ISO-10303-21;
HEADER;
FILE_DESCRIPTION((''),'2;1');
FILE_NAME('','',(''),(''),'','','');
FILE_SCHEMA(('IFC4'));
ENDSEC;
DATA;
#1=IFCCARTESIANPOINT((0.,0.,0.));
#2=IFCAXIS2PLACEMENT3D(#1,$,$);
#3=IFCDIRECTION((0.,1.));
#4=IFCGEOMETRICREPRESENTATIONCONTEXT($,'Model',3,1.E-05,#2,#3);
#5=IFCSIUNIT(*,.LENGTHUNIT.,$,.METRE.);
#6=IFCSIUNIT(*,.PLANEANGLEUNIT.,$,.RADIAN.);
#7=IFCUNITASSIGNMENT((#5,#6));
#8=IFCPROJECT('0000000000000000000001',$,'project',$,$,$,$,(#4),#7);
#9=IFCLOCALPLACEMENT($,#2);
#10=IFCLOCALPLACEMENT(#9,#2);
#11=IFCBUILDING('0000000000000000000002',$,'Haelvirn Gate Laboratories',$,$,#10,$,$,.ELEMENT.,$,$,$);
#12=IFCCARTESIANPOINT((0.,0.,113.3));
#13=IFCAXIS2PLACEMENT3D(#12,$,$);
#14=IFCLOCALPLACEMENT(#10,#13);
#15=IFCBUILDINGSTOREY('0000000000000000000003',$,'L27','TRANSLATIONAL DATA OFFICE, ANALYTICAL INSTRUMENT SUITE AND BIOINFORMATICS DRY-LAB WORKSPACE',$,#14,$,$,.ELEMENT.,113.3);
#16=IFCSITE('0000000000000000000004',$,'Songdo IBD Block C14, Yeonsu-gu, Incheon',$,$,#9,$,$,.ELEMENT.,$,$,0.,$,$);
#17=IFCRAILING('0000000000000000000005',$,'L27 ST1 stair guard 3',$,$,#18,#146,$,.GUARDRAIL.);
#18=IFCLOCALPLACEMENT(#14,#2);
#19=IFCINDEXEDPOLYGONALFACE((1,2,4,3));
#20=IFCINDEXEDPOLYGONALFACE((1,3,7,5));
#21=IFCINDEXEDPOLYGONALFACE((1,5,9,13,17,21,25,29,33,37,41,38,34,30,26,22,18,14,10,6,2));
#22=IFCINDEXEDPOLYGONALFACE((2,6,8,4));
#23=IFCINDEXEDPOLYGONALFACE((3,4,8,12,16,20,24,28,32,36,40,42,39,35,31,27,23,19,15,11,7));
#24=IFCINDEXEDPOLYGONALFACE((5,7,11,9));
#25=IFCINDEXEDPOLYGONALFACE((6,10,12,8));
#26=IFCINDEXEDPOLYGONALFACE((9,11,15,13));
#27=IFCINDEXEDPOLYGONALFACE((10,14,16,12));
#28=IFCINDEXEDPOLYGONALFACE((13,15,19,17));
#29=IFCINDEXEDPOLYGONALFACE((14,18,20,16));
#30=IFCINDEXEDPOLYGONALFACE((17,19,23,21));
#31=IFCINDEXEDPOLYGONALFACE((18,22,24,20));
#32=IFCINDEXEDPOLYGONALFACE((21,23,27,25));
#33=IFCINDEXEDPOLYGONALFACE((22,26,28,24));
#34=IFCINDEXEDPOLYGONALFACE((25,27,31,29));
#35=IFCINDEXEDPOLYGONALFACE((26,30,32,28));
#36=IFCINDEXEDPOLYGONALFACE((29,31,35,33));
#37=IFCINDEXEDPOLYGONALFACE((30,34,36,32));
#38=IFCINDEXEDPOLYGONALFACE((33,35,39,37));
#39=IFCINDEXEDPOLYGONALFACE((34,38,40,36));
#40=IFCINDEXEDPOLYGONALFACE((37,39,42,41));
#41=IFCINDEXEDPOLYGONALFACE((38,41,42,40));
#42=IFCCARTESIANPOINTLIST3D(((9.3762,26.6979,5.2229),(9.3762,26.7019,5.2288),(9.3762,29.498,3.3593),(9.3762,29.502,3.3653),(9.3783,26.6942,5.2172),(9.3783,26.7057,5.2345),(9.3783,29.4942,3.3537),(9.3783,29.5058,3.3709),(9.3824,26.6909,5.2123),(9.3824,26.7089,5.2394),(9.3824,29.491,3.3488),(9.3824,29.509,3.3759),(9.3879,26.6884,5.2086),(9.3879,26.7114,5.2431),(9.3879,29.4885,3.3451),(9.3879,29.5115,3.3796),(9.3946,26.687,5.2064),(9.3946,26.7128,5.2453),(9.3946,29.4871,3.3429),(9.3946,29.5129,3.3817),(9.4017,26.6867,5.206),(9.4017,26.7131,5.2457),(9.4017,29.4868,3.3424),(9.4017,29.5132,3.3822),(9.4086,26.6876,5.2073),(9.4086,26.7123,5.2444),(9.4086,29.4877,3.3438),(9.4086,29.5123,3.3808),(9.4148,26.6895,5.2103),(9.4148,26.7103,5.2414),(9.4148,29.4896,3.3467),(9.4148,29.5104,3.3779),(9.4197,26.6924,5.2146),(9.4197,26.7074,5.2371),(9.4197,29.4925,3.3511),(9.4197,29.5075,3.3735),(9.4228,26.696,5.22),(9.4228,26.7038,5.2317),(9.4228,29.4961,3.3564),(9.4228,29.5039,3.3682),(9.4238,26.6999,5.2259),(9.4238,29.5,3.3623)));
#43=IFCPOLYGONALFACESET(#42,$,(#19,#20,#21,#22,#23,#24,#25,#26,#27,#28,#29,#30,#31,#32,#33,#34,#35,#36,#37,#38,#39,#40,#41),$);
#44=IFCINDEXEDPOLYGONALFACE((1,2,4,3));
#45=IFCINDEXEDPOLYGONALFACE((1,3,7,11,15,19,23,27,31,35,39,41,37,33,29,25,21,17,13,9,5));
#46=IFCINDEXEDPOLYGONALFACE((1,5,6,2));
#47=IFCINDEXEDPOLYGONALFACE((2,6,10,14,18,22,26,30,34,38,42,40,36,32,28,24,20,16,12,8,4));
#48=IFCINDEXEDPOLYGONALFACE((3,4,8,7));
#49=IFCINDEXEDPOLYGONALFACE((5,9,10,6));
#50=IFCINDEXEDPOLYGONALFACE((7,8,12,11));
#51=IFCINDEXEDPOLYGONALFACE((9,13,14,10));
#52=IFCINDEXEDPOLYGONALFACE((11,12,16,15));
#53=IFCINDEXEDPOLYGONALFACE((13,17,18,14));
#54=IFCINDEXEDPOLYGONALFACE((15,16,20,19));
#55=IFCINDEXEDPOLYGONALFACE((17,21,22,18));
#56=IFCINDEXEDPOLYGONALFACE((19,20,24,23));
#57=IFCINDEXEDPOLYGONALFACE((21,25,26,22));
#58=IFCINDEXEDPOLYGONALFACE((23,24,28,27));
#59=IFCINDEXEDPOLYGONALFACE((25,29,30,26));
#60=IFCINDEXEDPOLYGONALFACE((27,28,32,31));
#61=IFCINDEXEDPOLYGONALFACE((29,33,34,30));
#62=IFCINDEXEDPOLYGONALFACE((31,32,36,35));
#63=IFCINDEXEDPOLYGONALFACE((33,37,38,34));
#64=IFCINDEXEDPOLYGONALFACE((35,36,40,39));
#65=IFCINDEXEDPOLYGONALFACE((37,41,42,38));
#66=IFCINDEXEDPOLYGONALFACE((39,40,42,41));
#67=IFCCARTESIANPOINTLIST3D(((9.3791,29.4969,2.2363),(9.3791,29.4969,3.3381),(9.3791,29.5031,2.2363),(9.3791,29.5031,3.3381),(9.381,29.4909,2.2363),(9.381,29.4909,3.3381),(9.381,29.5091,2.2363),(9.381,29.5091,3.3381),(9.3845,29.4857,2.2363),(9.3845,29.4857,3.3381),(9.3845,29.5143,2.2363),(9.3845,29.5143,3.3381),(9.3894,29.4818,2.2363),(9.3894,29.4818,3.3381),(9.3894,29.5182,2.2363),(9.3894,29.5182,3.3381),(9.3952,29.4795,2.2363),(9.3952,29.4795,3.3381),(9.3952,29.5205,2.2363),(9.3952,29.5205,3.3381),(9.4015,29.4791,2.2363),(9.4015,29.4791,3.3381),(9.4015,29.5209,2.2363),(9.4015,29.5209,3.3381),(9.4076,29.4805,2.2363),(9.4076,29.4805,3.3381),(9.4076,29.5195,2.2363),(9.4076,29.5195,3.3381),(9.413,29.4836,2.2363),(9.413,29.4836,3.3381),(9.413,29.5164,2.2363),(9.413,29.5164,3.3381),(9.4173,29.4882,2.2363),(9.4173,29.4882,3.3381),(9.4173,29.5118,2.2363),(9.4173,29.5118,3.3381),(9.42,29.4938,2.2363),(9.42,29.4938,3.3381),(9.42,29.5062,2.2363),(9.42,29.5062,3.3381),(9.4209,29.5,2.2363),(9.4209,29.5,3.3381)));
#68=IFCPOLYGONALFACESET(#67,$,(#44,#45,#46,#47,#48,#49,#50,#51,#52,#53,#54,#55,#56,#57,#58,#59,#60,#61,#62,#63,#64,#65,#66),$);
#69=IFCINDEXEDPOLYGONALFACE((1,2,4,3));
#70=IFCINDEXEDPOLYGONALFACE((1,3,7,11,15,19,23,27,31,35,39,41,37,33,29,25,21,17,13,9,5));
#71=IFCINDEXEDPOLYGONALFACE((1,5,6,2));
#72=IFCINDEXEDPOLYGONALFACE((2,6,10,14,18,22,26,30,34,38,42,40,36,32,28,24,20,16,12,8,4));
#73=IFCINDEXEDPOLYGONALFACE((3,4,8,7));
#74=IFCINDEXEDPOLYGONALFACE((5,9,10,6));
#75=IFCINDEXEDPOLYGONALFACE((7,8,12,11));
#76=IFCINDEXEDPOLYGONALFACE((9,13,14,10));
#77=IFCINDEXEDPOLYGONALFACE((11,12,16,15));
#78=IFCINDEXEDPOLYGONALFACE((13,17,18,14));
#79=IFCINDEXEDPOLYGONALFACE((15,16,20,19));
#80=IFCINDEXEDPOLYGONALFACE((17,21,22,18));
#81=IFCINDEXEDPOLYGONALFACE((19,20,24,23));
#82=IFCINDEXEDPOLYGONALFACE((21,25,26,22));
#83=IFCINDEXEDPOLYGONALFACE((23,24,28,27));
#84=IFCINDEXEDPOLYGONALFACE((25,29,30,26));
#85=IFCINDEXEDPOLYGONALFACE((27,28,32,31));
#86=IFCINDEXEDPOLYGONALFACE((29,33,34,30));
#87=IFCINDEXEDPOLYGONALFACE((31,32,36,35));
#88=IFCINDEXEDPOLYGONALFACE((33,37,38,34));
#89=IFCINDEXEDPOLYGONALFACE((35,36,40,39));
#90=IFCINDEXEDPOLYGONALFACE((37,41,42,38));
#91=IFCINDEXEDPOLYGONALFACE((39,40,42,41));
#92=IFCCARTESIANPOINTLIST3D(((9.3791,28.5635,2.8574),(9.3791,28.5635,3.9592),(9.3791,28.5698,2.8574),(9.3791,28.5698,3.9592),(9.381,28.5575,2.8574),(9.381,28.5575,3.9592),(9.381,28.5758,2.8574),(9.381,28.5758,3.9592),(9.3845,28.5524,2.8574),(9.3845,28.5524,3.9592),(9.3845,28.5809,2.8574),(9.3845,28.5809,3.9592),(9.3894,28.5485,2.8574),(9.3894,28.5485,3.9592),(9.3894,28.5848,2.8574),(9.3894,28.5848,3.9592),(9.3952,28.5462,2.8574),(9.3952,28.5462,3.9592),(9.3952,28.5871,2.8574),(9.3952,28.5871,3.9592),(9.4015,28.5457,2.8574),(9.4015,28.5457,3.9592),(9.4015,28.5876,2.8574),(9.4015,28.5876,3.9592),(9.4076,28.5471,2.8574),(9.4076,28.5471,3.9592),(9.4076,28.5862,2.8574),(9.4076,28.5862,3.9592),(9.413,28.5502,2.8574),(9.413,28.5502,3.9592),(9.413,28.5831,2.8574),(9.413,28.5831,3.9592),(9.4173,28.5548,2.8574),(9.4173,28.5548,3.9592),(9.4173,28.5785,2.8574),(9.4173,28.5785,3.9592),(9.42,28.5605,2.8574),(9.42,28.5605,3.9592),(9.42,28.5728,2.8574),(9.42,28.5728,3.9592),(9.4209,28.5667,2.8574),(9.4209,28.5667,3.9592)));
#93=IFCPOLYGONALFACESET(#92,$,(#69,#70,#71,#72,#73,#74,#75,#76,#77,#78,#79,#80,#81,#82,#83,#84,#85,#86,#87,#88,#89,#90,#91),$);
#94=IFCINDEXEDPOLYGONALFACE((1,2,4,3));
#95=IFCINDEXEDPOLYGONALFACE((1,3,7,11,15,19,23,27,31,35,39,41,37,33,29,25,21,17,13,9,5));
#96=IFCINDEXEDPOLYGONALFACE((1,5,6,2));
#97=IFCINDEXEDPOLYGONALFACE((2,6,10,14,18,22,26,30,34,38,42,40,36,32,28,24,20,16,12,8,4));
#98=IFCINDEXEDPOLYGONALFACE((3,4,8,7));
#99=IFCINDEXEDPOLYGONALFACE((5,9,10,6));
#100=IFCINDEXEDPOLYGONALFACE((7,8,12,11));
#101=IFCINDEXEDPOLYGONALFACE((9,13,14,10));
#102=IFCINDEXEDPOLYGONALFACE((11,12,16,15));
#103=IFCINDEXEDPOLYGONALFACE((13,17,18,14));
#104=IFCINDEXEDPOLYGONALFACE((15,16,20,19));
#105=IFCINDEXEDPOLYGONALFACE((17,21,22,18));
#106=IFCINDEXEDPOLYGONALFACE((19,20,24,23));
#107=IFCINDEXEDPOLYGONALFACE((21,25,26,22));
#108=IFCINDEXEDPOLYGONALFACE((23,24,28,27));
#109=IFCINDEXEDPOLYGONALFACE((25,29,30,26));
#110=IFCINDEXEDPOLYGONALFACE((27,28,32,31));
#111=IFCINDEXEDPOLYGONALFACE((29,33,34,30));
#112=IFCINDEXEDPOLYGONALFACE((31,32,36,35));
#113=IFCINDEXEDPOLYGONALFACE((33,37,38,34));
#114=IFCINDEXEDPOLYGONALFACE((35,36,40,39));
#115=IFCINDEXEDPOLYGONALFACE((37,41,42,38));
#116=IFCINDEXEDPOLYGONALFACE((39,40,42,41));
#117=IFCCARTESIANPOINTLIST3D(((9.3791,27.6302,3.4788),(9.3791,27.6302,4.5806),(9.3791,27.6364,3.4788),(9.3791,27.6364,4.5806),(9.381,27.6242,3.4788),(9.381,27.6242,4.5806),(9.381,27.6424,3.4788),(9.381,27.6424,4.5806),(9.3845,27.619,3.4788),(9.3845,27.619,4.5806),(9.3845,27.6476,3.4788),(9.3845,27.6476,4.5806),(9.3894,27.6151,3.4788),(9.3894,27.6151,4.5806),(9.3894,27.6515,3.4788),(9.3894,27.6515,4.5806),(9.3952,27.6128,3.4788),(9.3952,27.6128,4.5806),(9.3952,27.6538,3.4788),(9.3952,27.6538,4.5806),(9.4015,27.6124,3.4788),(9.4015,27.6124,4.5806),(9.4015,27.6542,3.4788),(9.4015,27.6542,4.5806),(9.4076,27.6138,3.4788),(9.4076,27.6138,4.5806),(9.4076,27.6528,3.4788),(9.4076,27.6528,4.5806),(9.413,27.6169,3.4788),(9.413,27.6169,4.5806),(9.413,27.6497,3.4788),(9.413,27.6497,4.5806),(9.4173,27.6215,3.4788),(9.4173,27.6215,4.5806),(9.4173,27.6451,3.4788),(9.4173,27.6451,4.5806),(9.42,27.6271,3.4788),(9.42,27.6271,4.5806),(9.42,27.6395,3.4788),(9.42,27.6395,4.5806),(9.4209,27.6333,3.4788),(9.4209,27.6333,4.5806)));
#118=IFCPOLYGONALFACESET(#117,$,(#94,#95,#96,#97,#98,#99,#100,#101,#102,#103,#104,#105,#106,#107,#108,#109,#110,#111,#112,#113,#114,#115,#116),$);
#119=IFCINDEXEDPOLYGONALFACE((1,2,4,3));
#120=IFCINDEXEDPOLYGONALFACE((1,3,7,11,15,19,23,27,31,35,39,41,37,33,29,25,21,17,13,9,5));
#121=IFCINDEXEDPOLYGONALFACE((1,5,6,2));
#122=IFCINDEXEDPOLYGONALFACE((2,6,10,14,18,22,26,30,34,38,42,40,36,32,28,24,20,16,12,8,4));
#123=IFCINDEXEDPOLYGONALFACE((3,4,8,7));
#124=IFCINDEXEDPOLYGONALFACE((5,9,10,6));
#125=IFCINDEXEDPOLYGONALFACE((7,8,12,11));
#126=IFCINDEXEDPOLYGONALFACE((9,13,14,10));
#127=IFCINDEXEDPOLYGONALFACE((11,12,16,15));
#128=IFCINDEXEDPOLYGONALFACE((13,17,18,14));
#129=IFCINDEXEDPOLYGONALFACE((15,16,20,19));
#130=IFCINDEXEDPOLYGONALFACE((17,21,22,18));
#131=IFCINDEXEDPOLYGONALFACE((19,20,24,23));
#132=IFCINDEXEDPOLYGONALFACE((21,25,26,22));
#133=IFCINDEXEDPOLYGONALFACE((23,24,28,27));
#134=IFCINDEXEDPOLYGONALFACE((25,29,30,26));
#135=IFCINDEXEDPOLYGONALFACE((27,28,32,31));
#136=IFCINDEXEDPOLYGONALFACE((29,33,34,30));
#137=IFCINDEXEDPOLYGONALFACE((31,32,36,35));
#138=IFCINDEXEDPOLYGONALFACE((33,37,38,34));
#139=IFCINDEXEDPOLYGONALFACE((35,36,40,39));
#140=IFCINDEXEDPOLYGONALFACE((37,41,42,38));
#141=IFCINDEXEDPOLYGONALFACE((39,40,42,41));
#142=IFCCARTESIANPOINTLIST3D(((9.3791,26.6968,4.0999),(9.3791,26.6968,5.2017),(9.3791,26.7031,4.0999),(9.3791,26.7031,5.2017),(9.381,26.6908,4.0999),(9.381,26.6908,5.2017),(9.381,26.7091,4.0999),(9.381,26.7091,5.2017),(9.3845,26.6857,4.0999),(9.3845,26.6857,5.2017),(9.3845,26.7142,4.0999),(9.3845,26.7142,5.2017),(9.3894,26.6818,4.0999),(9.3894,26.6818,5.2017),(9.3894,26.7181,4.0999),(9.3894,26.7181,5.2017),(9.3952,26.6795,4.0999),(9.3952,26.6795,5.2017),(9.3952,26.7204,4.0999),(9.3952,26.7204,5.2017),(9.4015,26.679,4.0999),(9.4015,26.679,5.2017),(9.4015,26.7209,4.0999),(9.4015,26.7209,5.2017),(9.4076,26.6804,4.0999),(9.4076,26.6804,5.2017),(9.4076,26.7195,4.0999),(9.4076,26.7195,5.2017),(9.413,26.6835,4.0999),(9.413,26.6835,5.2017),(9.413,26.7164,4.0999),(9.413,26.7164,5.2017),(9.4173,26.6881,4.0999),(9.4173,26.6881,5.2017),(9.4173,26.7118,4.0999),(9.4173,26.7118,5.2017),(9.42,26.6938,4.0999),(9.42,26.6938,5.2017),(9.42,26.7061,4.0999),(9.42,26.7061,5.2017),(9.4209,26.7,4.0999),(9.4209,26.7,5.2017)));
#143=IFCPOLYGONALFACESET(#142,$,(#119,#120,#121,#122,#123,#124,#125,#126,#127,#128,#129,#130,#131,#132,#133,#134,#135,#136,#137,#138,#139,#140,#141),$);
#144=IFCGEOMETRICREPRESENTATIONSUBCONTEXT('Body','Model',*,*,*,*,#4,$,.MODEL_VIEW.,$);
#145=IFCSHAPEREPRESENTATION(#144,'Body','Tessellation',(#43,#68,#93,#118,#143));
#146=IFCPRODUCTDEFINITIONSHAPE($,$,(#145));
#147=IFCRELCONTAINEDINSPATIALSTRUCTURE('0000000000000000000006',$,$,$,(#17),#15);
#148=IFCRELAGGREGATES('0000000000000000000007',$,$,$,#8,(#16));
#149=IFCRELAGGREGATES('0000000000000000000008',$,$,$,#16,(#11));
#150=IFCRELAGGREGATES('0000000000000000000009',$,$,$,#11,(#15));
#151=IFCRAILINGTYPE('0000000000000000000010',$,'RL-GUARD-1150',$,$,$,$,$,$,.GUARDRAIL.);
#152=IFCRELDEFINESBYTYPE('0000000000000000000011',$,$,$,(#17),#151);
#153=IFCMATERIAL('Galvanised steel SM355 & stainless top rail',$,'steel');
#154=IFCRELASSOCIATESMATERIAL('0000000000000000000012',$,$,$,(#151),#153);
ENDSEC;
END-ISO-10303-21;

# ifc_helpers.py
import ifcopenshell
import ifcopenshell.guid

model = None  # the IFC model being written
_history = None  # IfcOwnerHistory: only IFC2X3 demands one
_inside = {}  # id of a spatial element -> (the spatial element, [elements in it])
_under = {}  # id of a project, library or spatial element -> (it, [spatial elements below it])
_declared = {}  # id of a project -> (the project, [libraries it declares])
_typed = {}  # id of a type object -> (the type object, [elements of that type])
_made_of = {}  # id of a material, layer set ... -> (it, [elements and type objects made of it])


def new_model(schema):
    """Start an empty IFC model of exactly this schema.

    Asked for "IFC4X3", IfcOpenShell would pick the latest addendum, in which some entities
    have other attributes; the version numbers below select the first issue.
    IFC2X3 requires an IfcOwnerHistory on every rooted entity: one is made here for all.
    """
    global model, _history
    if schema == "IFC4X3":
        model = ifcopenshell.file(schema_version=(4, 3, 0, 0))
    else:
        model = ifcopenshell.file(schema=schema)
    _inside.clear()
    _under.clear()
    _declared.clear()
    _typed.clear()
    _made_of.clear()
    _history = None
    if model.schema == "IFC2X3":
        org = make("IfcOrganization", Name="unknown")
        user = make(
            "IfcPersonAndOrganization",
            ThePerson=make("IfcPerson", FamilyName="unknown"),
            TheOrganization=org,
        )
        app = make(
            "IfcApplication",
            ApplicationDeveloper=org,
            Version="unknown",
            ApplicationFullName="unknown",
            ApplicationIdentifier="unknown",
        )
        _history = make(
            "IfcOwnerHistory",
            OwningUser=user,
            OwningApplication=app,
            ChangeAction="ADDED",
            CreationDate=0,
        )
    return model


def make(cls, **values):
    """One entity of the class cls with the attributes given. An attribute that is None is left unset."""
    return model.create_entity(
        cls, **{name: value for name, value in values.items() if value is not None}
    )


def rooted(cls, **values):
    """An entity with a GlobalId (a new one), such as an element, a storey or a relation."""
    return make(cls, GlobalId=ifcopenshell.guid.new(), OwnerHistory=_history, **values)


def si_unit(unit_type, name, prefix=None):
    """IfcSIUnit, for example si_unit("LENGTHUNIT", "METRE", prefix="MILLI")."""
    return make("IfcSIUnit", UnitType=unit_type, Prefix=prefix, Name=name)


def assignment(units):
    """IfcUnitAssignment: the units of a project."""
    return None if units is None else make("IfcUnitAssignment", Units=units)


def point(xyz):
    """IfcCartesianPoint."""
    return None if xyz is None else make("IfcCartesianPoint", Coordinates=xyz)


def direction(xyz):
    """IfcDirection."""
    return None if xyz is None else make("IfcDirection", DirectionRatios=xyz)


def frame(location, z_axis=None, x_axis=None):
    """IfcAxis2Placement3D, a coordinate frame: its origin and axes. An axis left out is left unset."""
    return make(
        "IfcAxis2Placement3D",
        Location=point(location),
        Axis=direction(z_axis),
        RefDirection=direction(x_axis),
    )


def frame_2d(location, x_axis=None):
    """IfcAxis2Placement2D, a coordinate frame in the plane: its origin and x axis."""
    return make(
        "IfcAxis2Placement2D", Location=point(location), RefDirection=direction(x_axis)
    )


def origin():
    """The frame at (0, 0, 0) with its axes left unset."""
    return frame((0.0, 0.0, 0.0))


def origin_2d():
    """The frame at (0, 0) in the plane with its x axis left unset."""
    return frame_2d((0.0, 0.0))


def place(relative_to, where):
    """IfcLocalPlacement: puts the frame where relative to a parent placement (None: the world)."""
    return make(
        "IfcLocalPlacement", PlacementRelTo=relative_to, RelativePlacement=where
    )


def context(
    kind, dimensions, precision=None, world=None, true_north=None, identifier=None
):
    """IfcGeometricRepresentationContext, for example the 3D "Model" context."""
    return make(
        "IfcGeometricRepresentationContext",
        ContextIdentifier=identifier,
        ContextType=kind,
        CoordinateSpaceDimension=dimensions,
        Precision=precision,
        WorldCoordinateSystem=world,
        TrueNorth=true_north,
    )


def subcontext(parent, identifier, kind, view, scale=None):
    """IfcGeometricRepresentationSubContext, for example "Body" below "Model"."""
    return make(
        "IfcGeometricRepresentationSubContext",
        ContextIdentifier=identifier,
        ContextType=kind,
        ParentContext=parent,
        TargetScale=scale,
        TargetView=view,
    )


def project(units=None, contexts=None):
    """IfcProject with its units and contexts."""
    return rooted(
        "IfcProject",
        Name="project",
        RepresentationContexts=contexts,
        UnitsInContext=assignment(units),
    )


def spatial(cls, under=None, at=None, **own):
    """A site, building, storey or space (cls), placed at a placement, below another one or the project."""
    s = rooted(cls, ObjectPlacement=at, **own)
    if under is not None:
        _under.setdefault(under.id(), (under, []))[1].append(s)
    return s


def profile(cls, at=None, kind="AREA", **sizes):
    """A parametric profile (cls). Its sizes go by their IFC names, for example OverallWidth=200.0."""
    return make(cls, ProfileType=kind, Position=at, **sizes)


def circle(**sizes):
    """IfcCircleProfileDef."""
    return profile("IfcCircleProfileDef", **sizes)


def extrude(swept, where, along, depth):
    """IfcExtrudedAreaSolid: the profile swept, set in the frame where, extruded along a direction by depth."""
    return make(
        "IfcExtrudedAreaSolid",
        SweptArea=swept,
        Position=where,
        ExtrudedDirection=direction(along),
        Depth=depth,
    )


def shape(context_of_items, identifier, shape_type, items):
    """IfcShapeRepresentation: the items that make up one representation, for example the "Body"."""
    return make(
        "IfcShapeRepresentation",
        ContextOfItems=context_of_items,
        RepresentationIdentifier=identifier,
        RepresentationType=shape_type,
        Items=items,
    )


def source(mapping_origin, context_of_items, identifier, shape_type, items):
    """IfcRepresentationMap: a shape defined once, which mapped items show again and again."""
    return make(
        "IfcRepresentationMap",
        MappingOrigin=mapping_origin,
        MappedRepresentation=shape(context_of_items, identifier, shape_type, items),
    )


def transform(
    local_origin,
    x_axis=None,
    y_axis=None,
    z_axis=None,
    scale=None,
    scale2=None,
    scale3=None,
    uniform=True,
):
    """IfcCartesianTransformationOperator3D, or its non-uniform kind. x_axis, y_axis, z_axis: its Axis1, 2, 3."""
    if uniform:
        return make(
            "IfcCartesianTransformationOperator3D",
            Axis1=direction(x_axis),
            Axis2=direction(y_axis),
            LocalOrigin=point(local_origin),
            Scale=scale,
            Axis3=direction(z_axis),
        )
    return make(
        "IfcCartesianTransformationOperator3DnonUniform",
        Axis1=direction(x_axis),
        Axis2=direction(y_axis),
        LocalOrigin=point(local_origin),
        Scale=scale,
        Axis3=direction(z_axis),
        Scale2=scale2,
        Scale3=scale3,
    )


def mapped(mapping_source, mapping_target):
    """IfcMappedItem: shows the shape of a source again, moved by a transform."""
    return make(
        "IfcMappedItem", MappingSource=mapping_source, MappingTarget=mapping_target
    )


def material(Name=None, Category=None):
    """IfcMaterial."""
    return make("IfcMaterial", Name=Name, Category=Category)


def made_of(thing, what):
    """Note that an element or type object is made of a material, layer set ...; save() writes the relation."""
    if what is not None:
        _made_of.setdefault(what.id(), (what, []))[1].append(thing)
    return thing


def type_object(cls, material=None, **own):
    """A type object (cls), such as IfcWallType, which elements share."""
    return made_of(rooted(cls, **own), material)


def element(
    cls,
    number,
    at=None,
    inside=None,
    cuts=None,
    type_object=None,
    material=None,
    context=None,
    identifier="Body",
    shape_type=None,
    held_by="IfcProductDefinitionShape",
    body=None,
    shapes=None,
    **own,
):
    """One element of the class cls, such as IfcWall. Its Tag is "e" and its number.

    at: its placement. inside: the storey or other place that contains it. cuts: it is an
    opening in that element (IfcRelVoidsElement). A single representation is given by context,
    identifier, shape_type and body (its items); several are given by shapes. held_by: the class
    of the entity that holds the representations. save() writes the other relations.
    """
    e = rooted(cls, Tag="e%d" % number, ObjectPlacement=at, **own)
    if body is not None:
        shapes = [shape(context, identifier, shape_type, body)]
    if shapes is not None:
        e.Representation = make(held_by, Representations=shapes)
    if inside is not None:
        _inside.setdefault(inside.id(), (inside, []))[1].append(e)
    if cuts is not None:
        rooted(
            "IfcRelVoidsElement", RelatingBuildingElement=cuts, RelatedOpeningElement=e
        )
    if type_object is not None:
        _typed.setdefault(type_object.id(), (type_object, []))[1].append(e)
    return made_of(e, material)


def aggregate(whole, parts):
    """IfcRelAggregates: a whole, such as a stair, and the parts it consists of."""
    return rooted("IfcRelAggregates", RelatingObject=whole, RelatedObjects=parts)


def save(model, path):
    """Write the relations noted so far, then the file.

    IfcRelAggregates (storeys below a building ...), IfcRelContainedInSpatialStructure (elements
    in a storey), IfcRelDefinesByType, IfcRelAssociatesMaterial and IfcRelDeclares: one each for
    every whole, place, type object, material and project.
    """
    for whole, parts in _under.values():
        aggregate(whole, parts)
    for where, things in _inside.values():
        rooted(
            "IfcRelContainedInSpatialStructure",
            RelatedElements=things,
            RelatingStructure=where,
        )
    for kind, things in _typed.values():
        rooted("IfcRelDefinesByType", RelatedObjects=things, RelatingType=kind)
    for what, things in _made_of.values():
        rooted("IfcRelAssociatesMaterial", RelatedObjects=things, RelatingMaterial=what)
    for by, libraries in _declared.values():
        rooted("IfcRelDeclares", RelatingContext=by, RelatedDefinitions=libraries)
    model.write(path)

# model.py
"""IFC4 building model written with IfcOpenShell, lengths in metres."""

from ifc_helpers import new_model, si_unit, direction, frame, origin, origin_2d, place, context, subcontext, project, spatial, circle, extrude, source, transform, mapped, material, type_object, element, save


model = new_model("IFC4")

# Units and contexts
model_context = context("Model", 3, precision=1e-05, world=origin(), true_north=direction((0.0, 1.0)))
body_context = subcontext(model_context, "Body", "Model", "MODEL_VIEW")
ifc_project = project(units=[si_unit("LENGTHUNIT", "METRE"), si_unit("PLANEANGLEUNIT", "RADIAN")], contexts=[model_context])

# Site, building, storey
site_placement = place(None, origin())
site = spatial("IfcSite", under=ifc_project, at=site_placement, Name="Songdo IBD Block C14, Yeonsu-gu, Incheon", CompositionType="ELEMENT", RefElevation=0.0)
building_placement = place(site_placement, origin())
building = spatial("IfcBuilding", under=site, at=building_placement, Name="Haelvirn Gate Laboratories", CompositionType="ELEMENT")
storey_placement = place(building_placement, frame((0.0, 0.0, 113.3)))
storey = spatial("IfcBuildingStorey", under=building, at=storey_placement, Name="L27", Description="TRANSLATIONAL DATA OFFICE, ANALYTICAL INSTRUMENT SUITE AND BIOINFORMATICS DRY-LAB WORKSPACE", CompositionType="ELEMENT", Elevation=113.3)

# Railing
ifc_material_1 = material(Name="Galvanised steel SM355 & stainless top rail", Category="steel")
railing_type_1 = type_object("IfcRailingType", Name="RL-GUARD-1150", PredefinedType="GUARDRAIL", material=ifc_material_1)
shared_shape_1 = source(origin(), body_context, "Body", "SweptSolid", [
    extrude(circle(Radius=0.0239, at=origin_2d()), frame((0.0, 0.0, 1.126), z_axis=(0.0, -0.832486, 0.554047), x_axis=(1.0, 0.0, 0.0)), (0.0, 0.0, 1.0), 3.3635),
    extrude(circle(Radius=0.021, at=origin_2d()), origin(), (0.0, 0.0, 1.0), 1.1018),
    extrude(circle(Radius=0.021, at=origin_2d()), frame((0.0, -0.9333, 0.6211)), (0.0, 0.0, 1.0), 1.1018),
    extrude(circle(Radius=0.021, at=origin_2d()), frame((0.0, -1.8667, 1.2424)), (0.0, 0.0, 1.0), 1.1018),
    extrude(circle(Radius=0.021, at=origin_2d()), frame((0.0, -2.8, 1.8635)), (0.0, 0.0, 1.0), 1.1018),
])
railing_1_placement = place(storey_placement, frame((9.3999, 29.5, 2.2363)))
element("IfcRailing", 1, at=railing_1_placement, inside=storey, type_object=railing_type_1, Name="L27 ST1 stair guard 3", PredefinedType="GUARDRAIL", context=body_context, shape_type="MappedRepresentation", body=[
    mapped(shared_shape_1, transform((0.0, 0.0, 0.0), scale=1.0)),
])

save(model, "model.ifc")
